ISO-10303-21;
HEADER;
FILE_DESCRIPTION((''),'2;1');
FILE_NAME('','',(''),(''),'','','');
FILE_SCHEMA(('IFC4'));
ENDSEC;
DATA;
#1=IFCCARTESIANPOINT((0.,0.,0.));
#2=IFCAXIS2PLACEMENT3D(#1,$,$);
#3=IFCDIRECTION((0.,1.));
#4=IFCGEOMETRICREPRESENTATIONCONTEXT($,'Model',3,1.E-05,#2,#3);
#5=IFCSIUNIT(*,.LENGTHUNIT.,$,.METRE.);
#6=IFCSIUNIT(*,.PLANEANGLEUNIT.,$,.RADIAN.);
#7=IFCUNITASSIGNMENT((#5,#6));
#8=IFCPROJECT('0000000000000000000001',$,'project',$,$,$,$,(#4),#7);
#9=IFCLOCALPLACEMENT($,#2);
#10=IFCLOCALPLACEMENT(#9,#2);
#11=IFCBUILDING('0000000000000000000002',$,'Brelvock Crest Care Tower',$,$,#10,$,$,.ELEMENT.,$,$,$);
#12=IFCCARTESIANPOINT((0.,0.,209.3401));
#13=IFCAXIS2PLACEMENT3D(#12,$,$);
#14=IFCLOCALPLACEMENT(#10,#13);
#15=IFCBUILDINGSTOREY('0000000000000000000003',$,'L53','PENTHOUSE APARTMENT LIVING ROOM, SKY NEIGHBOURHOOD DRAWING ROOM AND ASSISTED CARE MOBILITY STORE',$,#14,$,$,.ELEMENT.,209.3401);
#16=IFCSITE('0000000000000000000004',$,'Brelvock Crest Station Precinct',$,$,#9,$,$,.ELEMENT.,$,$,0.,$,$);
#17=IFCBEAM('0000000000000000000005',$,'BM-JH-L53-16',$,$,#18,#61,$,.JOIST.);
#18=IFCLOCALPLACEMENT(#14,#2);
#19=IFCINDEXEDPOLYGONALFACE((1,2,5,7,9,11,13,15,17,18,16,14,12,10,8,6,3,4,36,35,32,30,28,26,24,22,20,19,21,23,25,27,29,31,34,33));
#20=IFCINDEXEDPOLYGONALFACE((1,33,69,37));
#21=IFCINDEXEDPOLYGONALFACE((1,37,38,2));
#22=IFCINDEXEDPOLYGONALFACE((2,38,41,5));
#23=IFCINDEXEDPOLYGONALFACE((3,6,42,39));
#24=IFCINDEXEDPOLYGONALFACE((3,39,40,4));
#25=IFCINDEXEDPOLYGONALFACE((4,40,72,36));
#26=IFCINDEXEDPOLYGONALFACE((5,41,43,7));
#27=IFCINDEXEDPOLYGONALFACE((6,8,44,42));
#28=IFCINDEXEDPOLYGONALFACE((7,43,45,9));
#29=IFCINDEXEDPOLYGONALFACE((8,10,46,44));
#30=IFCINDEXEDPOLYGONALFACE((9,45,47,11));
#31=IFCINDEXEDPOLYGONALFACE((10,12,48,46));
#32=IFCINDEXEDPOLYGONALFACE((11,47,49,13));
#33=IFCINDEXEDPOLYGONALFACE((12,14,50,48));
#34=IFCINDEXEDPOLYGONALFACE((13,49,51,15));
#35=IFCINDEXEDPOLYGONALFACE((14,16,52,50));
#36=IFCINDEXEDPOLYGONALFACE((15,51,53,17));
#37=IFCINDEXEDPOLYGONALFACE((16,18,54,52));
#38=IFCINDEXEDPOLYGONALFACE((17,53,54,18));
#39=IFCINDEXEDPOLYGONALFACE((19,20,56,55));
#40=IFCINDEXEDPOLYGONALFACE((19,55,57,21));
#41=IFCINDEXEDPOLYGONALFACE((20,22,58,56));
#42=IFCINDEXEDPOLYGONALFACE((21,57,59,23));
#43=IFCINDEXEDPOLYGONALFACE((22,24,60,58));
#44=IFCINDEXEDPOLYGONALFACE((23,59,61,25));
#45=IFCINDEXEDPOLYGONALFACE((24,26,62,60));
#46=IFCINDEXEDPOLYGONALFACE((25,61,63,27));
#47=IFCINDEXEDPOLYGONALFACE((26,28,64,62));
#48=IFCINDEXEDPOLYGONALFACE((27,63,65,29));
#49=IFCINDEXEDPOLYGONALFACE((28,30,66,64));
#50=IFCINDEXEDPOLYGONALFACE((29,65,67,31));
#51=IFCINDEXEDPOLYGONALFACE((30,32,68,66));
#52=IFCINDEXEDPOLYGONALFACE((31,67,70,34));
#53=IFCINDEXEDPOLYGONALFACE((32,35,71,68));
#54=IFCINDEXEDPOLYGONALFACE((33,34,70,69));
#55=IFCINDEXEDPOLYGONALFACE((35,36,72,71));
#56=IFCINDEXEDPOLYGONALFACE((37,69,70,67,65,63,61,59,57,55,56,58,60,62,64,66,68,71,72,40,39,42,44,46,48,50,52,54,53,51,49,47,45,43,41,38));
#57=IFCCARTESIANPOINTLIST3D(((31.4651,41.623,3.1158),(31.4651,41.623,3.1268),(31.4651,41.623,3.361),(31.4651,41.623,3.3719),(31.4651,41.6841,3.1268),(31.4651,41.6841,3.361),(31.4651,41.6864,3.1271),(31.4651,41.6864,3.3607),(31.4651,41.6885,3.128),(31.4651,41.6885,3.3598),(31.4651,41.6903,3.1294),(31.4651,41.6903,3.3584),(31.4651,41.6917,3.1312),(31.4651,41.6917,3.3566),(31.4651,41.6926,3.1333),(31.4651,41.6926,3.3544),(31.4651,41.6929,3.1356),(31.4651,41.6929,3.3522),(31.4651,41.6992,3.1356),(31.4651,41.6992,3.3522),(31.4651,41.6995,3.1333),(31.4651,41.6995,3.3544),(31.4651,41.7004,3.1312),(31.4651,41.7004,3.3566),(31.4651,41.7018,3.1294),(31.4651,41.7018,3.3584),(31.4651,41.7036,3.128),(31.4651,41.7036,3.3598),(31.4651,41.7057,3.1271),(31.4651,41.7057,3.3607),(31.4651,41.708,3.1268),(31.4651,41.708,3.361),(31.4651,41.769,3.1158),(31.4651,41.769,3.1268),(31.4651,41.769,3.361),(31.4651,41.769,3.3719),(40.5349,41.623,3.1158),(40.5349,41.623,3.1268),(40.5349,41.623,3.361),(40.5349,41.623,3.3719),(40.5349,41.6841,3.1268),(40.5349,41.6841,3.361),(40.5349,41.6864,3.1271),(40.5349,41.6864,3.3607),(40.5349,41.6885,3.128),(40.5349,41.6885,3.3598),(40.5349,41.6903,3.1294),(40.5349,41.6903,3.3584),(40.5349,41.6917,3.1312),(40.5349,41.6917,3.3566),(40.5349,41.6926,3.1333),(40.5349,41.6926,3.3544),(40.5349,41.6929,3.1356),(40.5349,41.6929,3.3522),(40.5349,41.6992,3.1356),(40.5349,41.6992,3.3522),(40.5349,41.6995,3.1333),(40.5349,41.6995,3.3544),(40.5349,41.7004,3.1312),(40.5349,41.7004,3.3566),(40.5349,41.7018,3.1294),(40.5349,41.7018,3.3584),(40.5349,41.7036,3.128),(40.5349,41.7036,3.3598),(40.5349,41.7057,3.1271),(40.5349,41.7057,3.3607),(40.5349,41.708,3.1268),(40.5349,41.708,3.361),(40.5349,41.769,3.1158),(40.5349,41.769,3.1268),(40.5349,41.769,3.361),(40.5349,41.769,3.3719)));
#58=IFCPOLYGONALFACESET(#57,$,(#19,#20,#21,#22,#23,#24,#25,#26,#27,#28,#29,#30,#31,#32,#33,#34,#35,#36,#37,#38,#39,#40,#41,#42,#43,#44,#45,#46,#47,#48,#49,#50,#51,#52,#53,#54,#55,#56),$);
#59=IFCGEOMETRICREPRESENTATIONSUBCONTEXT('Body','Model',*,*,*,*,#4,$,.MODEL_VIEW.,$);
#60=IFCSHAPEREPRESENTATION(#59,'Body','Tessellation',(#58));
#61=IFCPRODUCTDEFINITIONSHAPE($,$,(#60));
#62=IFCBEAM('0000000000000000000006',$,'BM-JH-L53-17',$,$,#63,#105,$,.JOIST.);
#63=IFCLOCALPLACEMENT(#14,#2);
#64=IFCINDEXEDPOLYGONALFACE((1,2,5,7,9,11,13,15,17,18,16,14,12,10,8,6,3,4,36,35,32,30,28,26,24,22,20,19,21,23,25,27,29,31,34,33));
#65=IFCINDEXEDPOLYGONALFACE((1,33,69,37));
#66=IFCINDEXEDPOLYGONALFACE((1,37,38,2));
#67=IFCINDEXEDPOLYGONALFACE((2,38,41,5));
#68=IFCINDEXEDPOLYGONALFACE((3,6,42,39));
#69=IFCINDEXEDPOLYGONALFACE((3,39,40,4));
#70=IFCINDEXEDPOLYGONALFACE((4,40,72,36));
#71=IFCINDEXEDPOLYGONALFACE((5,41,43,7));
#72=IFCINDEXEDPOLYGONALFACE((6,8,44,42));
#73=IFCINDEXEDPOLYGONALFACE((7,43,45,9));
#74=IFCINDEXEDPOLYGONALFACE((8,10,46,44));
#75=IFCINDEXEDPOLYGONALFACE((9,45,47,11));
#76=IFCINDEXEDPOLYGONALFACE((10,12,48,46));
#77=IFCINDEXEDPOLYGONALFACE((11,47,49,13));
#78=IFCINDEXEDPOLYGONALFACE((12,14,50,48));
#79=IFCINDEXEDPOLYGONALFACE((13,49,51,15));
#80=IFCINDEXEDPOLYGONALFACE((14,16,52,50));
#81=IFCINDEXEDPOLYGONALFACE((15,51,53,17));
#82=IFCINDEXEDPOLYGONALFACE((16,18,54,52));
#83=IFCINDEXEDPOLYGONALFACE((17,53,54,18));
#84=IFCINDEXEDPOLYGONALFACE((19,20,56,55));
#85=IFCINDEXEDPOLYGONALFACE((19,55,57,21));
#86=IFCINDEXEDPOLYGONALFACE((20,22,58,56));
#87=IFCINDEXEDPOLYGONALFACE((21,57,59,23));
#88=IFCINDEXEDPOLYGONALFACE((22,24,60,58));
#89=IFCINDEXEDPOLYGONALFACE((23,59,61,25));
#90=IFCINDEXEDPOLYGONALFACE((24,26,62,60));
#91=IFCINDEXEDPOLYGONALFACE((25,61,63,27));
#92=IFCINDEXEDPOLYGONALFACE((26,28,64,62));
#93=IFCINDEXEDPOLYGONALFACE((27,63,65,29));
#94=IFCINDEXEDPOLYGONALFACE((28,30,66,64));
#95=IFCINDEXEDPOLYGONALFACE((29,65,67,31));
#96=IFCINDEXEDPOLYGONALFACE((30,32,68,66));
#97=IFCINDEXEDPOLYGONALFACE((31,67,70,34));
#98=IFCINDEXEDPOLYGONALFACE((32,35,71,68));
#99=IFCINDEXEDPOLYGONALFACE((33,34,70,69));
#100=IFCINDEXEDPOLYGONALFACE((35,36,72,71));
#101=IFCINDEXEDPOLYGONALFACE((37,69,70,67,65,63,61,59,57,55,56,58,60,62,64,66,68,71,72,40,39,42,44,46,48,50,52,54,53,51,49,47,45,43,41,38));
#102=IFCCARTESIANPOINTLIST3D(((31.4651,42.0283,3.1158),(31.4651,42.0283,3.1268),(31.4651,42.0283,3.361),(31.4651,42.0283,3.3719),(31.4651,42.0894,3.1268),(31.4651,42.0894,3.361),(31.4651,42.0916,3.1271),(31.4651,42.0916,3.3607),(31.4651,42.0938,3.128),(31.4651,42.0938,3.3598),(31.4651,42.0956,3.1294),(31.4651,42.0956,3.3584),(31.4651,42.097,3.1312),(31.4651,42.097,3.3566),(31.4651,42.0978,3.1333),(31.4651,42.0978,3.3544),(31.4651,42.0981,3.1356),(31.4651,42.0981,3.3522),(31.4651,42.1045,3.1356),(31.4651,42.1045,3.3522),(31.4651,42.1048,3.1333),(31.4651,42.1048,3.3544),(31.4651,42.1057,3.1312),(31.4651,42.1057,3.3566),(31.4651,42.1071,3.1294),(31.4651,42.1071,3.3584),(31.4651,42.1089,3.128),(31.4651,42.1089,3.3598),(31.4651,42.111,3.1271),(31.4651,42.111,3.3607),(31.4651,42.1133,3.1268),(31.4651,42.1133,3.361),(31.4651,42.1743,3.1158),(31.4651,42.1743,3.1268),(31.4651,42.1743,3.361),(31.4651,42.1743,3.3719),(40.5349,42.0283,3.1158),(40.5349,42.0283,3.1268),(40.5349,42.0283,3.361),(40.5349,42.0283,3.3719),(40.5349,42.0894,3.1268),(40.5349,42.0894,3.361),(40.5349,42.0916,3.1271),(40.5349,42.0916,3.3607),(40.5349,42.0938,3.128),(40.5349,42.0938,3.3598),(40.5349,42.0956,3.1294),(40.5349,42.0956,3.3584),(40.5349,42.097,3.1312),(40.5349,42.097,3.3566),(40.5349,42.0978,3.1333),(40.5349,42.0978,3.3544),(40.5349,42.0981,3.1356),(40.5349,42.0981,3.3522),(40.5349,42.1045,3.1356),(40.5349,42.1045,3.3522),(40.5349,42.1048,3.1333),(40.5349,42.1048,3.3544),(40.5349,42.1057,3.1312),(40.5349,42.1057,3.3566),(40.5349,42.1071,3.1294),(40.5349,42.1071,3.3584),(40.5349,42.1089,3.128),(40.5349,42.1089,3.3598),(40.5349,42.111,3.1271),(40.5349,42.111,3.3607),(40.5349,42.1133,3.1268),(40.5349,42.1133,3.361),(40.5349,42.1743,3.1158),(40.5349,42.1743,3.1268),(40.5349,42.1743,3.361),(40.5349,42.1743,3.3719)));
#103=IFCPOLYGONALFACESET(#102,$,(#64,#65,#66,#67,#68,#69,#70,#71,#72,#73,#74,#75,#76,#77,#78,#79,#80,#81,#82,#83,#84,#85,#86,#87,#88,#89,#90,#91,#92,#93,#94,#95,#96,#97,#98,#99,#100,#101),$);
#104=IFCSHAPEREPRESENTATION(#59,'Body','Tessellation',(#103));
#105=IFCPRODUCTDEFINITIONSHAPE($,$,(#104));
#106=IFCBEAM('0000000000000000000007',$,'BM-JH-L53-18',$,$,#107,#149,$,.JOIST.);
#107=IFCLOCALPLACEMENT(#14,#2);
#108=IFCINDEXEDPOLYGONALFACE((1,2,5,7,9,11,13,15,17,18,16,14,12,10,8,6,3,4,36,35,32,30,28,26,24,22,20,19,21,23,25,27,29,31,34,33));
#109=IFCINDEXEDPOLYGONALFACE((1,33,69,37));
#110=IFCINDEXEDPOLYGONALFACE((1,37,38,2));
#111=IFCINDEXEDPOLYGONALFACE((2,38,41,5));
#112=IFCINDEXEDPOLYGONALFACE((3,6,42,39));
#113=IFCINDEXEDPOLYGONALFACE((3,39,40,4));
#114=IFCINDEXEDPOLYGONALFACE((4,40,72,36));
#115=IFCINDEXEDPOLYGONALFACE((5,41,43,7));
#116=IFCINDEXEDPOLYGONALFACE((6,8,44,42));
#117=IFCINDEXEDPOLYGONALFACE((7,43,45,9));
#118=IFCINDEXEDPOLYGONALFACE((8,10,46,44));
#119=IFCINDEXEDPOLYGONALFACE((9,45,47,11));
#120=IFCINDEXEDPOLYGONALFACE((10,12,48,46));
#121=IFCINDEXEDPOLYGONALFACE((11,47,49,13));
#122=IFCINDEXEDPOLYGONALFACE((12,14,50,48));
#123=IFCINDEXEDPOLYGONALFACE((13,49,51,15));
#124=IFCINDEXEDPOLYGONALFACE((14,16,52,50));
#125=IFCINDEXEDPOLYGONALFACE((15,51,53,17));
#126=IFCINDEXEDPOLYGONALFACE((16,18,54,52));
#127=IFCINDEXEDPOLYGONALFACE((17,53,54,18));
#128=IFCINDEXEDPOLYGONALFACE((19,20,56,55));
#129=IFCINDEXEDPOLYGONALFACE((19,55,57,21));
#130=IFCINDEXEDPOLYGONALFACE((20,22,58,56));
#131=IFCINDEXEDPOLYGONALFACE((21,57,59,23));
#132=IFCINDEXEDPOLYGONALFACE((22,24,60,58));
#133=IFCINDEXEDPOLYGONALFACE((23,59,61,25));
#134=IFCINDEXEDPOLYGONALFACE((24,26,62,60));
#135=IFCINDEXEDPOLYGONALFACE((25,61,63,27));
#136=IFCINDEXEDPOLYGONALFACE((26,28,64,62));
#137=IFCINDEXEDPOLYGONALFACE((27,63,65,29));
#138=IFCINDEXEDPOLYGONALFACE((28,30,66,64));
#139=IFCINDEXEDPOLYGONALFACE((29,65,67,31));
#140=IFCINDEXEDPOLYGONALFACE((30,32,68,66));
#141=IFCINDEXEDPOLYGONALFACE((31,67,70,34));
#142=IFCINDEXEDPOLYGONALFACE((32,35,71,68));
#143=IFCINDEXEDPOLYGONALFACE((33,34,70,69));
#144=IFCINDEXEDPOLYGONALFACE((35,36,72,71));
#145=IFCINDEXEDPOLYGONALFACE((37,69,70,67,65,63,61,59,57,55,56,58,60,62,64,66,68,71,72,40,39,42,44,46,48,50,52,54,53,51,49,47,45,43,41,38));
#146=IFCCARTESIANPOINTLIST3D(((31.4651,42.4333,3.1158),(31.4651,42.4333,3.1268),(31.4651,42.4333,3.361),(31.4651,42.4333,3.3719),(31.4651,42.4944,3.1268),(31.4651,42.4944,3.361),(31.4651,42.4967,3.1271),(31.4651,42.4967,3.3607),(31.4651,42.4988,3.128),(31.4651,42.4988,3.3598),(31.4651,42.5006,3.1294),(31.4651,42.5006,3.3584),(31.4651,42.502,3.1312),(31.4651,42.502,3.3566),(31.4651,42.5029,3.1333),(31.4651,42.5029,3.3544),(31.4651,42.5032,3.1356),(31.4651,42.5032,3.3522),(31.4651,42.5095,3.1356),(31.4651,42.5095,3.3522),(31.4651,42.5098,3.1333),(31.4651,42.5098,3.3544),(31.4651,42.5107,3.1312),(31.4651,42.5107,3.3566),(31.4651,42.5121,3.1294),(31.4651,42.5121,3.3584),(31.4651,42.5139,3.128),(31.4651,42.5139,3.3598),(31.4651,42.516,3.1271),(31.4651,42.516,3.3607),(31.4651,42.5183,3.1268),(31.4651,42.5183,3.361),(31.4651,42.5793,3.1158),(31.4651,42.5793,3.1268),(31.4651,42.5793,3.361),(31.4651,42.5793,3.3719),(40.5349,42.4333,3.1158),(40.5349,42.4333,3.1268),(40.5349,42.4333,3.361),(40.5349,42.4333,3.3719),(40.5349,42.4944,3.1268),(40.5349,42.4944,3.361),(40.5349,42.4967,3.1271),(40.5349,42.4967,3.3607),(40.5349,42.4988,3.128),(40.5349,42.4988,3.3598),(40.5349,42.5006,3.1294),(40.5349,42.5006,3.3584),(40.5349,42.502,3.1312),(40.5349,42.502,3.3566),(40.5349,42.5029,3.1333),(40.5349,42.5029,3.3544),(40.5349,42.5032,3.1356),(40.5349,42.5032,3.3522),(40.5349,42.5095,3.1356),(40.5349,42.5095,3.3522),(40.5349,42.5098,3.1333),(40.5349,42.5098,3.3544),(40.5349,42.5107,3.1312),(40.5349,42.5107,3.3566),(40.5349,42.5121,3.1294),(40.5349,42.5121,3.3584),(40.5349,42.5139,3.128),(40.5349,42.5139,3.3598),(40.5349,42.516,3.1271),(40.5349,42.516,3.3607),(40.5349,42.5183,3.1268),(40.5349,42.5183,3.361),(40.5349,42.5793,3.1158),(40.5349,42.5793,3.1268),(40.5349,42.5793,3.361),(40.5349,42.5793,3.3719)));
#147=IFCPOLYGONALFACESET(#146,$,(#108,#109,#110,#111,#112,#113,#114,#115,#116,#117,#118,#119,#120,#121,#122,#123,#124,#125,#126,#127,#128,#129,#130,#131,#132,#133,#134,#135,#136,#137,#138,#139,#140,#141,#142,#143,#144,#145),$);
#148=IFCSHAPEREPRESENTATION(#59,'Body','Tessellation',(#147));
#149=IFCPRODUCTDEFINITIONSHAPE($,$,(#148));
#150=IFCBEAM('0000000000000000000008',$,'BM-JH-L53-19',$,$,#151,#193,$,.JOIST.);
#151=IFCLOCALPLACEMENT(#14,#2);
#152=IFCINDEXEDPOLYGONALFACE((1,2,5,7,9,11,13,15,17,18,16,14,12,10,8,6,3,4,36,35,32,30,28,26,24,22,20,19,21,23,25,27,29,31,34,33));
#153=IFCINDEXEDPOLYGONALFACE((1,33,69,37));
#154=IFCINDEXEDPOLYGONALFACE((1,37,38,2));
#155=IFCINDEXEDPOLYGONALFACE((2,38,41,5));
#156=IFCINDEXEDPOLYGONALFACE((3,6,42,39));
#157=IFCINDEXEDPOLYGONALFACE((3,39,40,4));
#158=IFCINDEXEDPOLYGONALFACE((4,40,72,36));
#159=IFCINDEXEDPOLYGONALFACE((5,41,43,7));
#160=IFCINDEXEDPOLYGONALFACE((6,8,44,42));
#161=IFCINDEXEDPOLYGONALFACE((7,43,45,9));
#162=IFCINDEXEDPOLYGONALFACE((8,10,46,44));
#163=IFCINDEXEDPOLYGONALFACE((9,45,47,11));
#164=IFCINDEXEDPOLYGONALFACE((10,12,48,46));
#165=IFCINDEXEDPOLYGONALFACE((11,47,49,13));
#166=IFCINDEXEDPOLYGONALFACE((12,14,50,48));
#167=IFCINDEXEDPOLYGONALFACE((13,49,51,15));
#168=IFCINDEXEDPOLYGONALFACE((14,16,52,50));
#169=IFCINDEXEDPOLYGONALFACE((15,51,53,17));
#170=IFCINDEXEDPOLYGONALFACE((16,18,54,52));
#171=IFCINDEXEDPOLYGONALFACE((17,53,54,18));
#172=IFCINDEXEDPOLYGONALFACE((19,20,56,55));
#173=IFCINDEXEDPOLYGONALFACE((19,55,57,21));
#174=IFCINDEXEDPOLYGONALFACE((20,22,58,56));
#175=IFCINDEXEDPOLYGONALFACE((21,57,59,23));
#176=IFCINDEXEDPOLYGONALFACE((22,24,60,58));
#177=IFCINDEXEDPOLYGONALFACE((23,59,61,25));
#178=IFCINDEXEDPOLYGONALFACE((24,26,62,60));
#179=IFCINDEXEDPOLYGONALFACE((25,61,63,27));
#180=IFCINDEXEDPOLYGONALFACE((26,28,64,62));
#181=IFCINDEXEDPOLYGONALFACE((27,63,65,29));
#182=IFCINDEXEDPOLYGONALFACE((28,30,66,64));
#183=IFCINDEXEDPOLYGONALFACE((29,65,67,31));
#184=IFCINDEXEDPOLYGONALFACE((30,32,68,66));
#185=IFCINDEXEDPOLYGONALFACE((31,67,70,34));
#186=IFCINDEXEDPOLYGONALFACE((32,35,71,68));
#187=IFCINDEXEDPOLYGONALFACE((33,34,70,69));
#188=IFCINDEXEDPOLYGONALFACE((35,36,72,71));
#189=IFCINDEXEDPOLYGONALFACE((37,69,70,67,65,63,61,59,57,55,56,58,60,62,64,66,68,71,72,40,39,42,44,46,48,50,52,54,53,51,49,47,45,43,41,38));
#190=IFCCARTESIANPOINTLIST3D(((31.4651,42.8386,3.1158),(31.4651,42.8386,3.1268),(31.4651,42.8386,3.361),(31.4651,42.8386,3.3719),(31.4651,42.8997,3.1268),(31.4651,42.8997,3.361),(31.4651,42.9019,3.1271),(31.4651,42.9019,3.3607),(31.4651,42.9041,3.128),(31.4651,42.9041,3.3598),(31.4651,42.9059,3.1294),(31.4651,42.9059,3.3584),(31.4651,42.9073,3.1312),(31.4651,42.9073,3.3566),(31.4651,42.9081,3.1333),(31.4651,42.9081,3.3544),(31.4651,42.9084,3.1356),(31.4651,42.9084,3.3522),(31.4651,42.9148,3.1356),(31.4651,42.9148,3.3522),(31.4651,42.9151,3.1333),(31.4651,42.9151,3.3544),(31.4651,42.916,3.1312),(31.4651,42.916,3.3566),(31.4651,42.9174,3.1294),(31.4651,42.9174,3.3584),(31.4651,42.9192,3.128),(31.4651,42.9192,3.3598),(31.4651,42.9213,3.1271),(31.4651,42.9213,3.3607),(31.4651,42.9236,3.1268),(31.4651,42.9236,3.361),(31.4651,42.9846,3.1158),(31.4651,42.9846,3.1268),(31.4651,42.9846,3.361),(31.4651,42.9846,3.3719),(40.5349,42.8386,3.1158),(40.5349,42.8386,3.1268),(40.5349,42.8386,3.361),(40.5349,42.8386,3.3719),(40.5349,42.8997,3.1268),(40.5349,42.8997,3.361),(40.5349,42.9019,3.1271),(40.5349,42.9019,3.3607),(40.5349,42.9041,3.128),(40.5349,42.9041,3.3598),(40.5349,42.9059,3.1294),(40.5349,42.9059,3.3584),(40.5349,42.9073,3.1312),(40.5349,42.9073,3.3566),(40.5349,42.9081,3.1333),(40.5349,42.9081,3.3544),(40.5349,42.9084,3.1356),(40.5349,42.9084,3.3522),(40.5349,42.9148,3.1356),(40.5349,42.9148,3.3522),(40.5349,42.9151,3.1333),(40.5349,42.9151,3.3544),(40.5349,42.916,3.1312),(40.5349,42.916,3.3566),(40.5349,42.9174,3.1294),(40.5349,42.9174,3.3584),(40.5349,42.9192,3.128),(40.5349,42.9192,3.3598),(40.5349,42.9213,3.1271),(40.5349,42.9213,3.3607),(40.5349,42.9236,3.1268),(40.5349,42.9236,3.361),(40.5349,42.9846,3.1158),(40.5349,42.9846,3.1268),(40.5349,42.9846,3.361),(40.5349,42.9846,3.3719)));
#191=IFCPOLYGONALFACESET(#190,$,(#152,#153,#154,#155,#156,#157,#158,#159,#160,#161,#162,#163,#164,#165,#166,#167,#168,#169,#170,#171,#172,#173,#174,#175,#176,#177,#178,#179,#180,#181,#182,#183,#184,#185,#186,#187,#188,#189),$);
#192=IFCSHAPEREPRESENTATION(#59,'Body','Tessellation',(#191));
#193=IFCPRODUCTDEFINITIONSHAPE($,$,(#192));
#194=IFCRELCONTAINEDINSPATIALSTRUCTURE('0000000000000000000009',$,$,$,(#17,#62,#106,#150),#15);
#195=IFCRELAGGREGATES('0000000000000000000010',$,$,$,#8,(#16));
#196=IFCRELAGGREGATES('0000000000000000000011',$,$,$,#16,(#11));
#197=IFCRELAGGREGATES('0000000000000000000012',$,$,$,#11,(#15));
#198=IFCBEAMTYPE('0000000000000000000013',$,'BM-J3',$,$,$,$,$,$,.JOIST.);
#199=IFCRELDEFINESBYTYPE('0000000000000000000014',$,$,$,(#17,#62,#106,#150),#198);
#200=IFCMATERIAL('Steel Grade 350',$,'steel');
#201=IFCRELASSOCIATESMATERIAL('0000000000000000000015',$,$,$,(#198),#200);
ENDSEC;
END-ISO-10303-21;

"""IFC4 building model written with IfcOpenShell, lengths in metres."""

from ifc_helpers import new_model, si_unit, direction, frame, origin, origin_2d, place, context, subcontext, project, spatial, i_section, extrude, source, transform, mapped, material, material_profile, profile_set, type_object, element, save


model = new_model("IFC4")

# Units and contexts
model_context = context("Model", 3, precision=1e-05, world=origin(), true_north=direction((0.0, 1.0)))
body_context = subcontext(model_context, "Body", "Model", "MODEL_VIEW")
ifc_project = project(units=[si_unit("LENGTHUNIT", "METRE"), si_unit("PLANEANGLEUNIT", "RADIAN")], contexts=[model_context])

# Site, building, storey
site_placement = place(None, origin())
site = spatial("IfcSite", under=ifc_project, at=site_placement, Name="Brelvock Crest Station Precinct", CompositionType="ELEMENT", RefElevation=0.0)
building_placement = place(site_placement, origin())
building = spatial("IfcBuilding", under=site, at=building_placement, Name="Brelvock Crest Care Tower", CompositionType="ELEMENT")
storey_placement = place(building_placement, frame((0.0, 0.0, 209.3401)))
storey = spatial("IfcBuildingStorey", under=building, at=storey_placement, Name="L53", Description="PENTHOUSE APARTMENT LIVING ROOM, SKY NEIGHBOURHOOD DRAWING ROOM AND ASSISTED CARE MOBILITY STORE", CompositionType="ELEMENT", Elevation=209.3401)

# Beams
ifc_material_1 = material(Name="Steel Grade 350", Category="steel")
ifc_material_profile_1 = material_profile(ifc_material_1, i_section(OverallWidth=0.146, OverallDepth=0.2561, WebThickness=0.0063, FlangeThickness=0.011, FilletRadius=0.0088, at=origin_2d()), Name="250UB37.3")
ifc_profile_set_1 = profile_set([ifc_material_profile_1], Name="Steel Grade 350")
beam_type_1 = type_object("IfcBeamType", Name="BM-J3", PredefinedType="JOIST", material=ifc_profile_set_1)
shared_shape_1 = source(origin(), body_context, "Body", "SweptSolid", [
    extrude(i_section(OverallWidth=0.146, OverallDepth=0.2561, WebThickness=0.0063, FlangeThickness=0.011, FilletRadius=0.0088, at=origin_2d()), origin(), (0.0, 0.0, 1.0), 9.0698),
])
for number, where, z_axis, x_axis, name in (
    (1, (31.4651, 41.696, 3.2439), (1.0, 0.0, 0.0), (0.0, 1.0, 0.0), "BM-JH-L53-16"),
    (2, (31.4651, 42.1013, 3.2439), (1.0, 0.0, 0.0), (0.0, 1.0, 0.0), "BM-JH-L53-17"),
    (3, (31.4651, 42.5063, 3.2439), (1.0, 0.0, 0.0), (0.0, 1.0, 0.0), "BM-JH-L53-18"),
    (4, (31.4651, 42.9116, 3.2439), (1.0, 0.0, 0.0), (0.0, 1.0, 0.0), "BM-JH-L53-19"),
):
    element("IfcBeam", number, at=place(storey_placement, frame(where, z_axis=z_axis, x_axis=x_axis)), inside=storey, type_object=beam_type_1, Name=name, PredefinedType="JOIST", context=body_context, shape_type="MappedRepresentation", body=[
        mapped(shared_shape_1, transform((0.0, 0.0, 0.0), x_axis=(1.0, 0.0, 0.0), y_axis=(0.0, 1.0, 0.0), z_axis=(0.0, 0.0, 1.0), scale=1.0)),
    ])

save(model, "model.ifc")
